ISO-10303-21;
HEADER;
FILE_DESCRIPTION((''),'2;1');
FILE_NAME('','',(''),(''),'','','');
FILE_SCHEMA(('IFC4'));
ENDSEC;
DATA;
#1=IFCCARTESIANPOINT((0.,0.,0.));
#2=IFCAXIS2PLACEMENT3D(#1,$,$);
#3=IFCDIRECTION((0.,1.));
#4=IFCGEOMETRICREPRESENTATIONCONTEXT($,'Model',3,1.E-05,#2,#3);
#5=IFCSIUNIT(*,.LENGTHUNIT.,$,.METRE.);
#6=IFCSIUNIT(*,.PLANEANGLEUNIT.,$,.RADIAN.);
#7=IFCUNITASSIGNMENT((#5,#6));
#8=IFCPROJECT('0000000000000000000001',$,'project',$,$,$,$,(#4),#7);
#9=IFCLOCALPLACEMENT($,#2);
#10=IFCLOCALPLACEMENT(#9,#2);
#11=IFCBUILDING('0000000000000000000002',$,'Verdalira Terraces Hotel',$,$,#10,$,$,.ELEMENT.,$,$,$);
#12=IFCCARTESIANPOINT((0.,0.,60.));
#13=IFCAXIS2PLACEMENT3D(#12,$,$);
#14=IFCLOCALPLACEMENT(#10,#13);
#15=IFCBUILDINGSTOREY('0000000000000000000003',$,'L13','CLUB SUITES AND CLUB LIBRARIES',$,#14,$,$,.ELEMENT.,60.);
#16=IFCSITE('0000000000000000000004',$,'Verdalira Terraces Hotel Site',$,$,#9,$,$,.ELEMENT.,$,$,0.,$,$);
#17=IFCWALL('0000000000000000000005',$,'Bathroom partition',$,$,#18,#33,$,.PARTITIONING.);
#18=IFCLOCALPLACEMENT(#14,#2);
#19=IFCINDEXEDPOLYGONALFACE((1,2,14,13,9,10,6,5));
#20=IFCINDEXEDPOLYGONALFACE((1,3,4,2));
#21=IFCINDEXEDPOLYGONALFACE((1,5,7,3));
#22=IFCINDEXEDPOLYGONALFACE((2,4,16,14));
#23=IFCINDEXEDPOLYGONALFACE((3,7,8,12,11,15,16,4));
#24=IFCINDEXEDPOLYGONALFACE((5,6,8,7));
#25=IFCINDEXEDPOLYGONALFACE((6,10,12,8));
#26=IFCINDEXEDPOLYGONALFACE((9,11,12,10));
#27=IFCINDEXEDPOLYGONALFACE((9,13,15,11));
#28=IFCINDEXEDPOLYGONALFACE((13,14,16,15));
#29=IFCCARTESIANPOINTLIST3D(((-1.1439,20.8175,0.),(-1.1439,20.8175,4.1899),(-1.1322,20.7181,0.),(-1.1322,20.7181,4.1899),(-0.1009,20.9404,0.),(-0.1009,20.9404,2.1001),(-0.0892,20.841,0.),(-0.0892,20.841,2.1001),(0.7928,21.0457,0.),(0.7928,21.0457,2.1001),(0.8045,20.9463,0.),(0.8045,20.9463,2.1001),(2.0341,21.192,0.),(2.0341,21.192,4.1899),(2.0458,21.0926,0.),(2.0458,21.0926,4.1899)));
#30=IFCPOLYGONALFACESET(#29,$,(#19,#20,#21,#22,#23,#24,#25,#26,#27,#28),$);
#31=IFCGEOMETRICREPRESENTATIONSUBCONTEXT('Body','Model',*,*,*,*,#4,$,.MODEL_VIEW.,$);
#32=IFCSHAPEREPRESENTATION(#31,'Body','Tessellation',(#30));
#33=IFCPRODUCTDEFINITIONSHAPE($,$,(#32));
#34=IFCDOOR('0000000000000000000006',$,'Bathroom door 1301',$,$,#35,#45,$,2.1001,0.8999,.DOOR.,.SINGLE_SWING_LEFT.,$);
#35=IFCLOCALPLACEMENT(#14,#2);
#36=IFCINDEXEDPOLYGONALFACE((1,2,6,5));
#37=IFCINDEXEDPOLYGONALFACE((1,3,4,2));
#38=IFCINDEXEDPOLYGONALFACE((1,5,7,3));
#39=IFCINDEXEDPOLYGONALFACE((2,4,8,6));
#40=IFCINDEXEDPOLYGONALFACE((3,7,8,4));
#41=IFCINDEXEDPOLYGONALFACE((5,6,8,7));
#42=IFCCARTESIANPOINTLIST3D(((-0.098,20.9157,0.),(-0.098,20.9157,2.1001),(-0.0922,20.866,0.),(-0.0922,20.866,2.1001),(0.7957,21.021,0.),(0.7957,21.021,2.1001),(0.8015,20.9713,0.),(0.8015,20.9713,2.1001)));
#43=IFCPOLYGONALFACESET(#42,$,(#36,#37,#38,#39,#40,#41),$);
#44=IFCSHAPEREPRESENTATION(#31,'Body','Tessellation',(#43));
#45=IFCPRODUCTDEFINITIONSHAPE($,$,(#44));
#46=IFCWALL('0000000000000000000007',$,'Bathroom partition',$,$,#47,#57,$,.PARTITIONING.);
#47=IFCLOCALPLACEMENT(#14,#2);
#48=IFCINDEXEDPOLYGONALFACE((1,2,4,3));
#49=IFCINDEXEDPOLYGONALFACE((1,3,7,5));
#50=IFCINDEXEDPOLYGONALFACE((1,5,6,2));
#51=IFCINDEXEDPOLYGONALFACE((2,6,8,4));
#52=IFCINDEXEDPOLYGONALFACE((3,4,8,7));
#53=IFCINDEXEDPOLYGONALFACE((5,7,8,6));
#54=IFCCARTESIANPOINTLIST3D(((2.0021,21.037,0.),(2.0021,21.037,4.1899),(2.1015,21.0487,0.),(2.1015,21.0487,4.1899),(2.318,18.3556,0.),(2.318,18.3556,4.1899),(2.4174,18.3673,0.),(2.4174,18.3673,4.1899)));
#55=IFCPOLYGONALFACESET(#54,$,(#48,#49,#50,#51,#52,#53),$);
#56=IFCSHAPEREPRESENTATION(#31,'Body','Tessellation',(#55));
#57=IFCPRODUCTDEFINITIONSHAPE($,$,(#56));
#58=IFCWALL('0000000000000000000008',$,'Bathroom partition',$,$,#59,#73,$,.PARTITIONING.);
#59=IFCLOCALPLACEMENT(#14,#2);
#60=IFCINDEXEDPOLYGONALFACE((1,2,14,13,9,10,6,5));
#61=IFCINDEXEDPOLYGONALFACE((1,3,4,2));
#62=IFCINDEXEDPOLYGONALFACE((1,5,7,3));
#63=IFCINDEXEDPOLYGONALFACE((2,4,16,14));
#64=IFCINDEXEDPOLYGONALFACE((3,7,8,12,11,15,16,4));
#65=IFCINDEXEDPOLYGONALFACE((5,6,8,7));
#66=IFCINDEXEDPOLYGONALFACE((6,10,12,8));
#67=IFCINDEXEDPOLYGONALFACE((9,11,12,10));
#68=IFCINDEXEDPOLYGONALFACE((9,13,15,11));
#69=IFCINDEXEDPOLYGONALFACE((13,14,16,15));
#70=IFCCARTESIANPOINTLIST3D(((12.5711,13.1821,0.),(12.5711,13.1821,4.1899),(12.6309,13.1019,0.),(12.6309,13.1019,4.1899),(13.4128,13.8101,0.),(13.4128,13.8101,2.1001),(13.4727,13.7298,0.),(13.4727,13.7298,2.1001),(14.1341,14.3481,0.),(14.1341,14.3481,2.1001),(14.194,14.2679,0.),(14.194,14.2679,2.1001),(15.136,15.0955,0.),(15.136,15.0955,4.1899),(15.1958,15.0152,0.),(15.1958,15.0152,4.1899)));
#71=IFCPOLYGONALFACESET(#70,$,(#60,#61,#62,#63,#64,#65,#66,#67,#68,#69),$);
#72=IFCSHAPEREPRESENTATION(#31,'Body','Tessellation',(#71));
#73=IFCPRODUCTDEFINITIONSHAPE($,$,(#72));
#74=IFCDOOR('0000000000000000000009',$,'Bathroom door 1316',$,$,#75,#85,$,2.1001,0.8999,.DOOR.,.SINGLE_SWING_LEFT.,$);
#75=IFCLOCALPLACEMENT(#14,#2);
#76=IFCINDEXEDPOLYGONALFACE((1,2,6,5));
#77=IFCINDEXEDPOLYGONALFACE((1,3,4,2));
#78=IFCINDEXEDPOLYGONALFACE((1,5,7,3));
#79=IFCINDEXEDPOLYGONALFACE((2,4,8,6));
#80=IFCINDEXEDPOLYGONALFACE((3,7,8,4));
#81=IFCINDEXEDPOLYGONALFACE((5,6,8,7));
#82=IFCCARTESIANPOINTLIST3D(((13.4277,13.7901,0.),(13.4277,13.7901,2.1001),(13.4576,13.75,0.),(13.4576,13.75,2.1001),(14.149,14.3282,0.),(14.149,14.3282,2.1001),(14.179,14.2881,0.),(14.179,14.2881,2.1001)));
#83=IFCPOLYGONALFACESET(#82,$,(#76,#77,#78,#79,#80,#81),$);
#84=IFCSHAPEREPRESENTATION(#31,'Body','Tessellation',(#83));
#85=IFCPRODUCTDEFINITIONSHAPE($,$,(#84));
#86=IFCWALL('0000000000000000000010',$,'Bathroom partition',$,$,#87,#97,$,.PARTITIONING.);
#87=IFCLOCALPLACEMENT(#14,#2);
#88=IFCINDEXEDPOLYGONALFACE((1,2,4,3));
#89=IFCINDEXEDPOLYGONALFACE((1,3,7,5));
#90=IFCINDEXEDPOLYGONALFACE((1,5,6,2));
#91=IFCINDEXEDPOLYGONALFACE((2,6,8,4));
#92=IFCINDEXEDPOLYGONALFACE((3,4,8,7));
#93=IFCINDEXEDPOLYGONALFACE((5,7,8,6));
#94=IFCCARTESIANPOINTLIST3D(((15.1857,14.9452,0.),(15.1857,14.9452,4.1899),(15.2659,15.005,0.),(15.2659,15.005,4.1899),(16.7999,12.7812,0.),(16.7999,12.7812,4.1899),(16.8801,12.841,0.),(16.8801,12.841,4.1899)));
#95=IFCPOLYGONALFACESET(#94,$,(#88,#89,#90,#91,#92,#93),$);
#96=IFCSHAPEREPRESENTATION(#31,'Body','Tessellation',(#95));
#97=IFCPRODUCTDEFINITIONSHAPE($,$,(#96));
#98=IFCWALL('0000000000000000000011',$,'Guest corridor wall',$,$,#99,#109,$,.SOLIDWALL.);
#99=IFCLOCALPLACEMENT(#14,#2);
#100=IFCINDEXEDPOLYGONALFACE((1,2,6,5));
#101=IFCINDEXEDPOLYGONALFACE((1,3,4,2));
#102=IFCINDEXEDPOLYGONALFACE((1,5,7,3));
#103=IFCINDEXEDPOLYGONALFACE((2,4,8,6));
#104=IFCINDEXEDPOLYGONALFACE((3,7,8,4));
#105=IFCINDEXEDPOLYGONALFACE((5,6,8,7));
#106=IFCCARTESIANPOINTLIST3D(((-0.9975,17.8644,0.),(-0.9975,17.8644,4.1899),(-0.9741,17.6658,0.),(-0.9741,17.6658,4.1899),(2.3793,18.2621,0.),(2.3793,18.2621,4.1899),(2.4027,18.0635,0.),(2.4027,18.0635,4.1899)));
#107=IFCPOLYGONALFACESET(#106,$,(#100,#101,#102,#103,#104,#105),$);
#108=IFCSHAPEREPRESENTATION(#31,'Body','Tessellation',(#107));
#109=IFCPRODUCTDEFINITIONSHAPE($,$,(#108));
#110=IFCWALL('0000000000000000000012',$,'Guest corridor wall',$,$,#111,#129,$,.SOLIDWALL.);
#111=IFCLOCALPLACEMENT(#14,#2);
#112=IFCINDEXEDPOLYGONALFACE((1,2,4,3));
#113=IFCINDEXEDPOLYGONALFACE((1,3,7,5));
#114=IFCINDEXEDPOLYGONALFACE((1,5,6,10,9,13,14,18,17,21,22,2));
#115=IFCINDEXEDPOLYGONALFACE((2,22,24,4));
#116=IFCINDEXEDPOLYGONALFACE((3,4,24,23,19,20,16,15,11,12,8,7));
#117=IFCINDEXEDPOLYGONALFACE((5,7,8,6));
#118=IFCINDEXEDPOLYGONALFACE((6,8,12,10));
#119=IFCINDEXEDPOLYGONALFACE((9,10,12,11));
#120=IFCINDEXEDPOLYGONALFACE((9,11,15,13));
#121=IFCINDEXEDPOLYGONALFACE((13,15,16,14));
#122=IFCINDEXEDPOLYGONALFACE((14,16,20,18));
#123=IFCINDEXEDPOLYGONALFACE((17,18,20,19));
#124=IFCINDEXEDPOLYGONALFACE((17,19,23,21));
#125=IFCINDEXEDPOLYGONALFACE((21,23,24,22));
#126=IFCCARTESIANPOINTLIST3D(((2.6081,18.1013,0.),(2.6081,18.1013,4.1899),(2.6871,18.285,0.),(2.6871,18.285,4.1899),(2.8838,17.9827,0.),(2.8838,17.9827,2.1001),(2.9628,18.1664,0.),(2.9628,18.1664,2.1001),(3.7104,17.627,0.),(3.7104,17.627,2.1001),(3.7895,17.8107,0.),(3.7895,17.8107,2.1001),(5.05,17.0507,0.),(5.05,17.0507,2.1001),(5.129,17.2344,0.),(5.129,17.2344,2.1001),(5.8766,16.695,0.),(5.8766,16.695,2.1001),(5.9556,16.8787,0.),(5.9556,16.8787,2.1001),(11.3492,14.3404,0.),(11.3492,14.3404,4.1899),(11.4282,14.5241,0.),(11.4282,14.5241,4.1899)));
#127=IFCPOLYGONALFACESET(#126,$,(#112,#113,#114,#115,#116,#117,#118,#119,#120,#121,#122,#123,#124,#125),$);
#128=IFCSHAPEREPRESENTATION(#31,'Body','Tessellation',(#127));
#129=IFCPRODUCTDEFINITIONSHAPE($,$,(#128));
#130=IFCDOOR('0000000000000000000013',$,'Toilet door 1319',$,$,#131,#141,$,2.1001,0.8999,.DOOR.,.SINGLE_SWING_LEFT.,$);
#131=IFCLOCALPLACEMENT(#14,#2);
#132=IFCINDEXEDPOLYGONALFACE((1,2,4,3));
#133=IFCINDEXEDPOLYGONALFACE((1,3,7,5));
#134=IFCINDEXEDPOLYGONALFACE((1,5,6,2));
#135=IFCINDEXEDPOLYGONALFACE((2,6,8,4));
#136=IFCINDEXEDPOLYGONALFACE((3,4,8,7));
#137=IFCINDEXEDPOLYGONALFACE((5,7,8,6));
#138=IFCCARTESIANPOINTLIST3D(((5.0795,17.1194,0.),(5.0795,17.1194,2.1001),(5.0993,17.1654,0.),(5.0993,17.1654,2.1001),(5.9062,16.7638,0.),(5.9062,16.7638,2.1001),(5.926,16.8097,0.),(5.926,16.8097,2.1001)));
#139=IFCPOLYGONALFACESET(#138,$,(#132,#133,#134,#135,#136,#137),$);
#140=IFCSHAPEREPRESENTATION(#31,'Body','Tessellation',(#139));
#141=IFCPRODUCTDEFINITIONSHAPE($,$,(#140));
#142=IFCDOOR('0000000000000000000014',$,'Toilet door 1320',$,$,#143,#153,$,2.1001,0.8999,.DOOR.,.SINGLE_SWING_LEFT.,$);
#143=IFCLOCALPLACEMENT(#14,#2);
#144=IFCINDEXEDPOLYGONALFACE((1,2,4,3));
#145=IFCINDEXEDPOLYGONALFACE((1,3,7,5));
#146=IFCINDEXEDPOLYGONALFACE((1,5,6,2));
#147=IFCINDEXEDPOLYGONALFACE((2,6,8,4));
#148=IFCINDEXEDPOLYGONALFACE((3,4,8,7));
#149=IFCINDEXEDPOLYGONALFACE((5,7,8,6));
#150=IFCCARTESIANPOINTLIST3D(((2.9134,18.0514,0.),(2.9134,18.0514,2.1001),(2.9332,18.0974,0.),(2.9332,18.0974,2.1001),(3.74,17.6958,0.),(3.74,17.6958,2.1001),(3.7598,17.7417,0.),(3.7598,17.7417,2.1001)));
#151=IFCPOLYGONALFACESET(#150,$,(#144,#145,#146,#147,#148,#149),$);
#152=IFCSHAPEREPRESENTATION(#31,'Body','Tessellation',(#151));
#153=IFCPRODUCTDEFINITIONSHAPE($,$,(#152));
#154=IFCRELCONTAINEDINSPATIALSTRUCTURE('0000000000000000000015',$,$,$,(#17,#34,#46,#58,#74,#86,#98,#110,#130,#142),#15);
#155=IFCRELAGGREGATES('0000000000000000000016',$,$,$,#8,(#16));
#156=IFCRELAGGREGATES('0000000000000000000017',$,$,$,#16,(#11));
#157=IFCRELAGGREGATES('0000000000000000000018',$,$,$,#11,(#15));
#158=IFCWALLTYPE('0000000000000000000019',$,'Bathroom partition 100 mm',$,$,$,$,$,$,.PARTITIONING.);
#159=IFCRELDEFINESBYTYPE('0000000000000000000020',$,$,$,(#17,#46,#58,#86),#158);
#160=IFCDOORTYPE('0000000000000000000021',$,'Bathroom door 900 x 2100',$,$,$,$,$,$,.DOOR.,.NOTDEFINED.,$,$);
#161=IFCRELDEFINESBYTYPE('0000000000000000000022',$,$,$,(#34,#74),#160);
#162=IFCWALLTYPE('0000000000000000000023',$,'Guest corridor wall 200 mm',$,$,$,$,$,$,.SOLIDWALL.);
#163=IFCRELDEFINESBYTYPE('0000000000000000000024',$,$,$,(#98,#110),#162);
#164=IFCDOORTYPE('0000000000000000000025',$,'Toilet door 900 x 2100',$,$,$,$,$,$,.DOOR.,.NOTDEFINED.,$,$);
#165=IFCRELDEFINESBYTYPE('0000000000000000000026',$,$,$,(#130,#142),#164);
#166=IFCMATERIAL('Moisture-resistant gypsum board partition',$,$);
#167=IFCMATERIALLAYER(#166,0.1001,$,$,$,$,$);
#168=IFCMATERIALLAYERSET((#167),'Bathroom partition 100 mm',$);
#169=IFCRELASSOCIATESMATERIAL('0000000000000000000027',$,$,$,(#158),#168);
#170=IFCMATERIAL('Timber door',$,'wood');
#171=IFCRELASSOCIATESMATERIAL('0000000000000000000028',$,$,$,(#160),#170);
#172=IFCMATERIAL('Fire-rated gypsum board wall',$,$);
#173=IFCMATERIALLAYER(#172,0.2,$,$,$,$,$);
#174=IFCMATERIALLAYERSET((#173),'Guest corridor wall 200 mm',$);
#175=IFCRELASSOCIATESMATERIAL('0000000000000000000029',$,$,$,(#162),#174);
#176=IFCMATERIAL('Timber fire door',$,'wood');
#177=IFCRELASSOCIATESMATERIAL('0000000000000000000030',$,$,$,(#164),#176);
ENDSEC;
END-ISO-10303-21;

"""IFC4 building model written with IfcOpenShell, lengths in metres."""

from ifc_helpers import new_model, si_unit, direction, frame, frame_2d, origin, place, context, subcontext, project, spatial, rectangle, extrude, material, layer, layer_set, type_object, element, fill, save


model = new_model("IFC4")

# Units and contexts
model_context = context("Model", 3, precision=1e-05, world=origin(), true_north=direction((0.0, 1.0)))
body_context = subcontext(model_context, "Body", "Model", "MODEL_VIEW")
ifc_project = project(units=[si_unit("LENGTHUNIT", "METRE"), si_unit("PLANEANGLEUNIT", "RADIAN")], contexts=[model_context])

# Site, building, storey
site_placement = place(None, origin())
site = spatial("IfcSite", under=ifc_project, at=site_placement, Name="Verdalira Terraces Hotel Site", CompositionType="ELEMENT", RefElevation=0.0)
building_placement = place(site_placement, origin())
building = spatial("IfcBuilding", under=site, at=building_placement, Name="Verdalira Terraces Hotel", CompositionType="ELEMENT")
storey_placement = place(building_placement, frame((0.0, 0.0, 60.0)))
storey = spatial("IfcBuildingStorey", under=building, at=storey_placement, Name="L13", Description="CLUB SUITES AND CLUB LIBRARIES", CompositionType="ELEMENT", Elevation=60.0)

# Wall, opening, door
ifc_material_1 = material(Name="Moisture-resistant gypsum board partition")
ifc_layer_1 = layer(ifc_material_1, 0.1001)
ifc_layer_set_1 = layer_set([ifc_layer_1], Name="Bathroom partition 100 mm")
wall_type_1 = type_object("IfcWallType", Name="Bathroom partition 100 mm", PredefinedType="PARTITIONING", material=ifc_layer_set_1)
wall_1_placement = place(storey_placement, frame((2.04, 21.1423, 0.0), z_axis=(0.0, 0.0, 1.0), x_axis=(-0.993128, -0.117036, 0.0)))
wall_1 = element("IfcWall", 1, at=wall_1_placement, inside=storey, type_object=wall_type_1, Name="Bathroom partition", PredefinedType="PARTITIONING", context=body_context, shape_type="SweptSolid", body=[
    extrude(rectangle(XDim=3.2, YDim=0.1001, at=frame_2d((1.6001, 0.0))), origin(), (0.0, 0.0, 1.0), 4.1899),
])
opening_1_placement = place(wall_1_placement, frame((1.25, 0.0, 0.0)))
opening_1 = element("IfcOpeningElement", 2, at=opening_1_placement, cuts=wall_1, PredefinedType="OPENING", context=body_context, shape_type="SweptSolid", body=[
    extrude(rectangle(XDim=0.8999, YDim=2.1001, at=frame_2d((0.45, 1.05))), frame((0.0, 0.0601, 0.0), z_axis=(0.0, -1.0, 0.0), x_axis=(1.0, 0.0, 0.0)), (0.0, 0.0, 1.0), 0.1201),
])
ifc_material_2 = material(Name="Timber door", Category="wood")
door_type_1 = type_object("IfcDoorType", Name="Bathroom door 900 x 2100", OperationType="NOTDEFINED", PredefinedType="DOOR", material=ifc_material_2)
door_1_placement = place(opening_1_placement, origin())
door_1 = element("IfcDoor", 3, at=door_1_placement, inside=storey, type_object=door_type_1, Name="Bathroom door 1301", OperationType="SINGLE_SWING_LEFT", OverallHeight=2.1001, OverallWidth=0.8999, PredefinedType="DOOR", context=body_context, shape_type="SweptSolid", body=[
    extrude(rectangle(XDim=0.8999, YDim=2.1001, at=frame_2d((0.45, 1.05))), frame((0.0, 0.0249, 0.0), z_axis=(0.0, -1.0, 0.0), x_axis=(1.0, 0.0, 0.0)), (0.0, 0.0, 1.0), 0.05),
])
fill(opening_1, door_1)

# Wall
wall_2_placement = place(storey_placement, frame((2.0518, 21.043, 0.0), z_axis=(0.0, 0.0, 1.0), x_axis=(0.117009, -0.993131, 0.0)))
element("IfcWall", 4, at=wall_2_placement, inside=storey, type_object=wall_type_1, Name="Bathroom partition", PredefinedType="PARTITIONING", context=body_context, shape_type="SweptSolid", body=[
    extrude(rectangle(XDim=2.7, YDim=0.1001, at=frame_2d((1.3501, 0.0))), origin(), (0.0, 0.0, 1.0), 4.1899),
])

# Wall, opening, door
wall_3_placement = place(storey_placement, frame((15.166, 15.0554, 0.0), z_axis=(0.0, 0.0, 1.0), x_axis=(-0.801554, -0.597923, 0.0)))
wall_3 = element("IfcWall", 5, at=wall_3_placement, inside=storey, type_object=wall_type_1, Name="Bathroom partition", PredefinedType="PARTITIONING", context=body_context, shape_type="SweptSolid", body=[
    extrude(rectangle(XDim=3.2, YDim=0.1001, at=frame_2d((1.6001, 0.0))), origin(), (0.0, 0.0, 1.0), 4.1899),
])
opening_2_placement = place(wall_3_placement, frame((1.25, 0.0, 0.0)))
opening_2 = element("IfcOpeningElement", 6, at=opening_2_placement, cuts=wall_3, PredefinedType="OPENING", context=body_context, shape_type="SweptSolid", body=[
    extrude(rectangle(XDim=0.8999, YDim=2.1001, at=frame_2d((0.45, 1.05))), frame((0.0, 0.0601, 0.0), z_axis=(0.0, -1.0, 0.0), x_axis=(1.0, 0.0, 0.0)), (0.0, 0.0, 1.0), 0.1201),
])
door_2_placement = place(opening_2_placement, origin())
door_2 = element("IfcDoor", 7, at=door_2_placement, inside=storey, type_object=door_type_1, Name="Bathroom door 1316", OperationType="SINGLE_SWING_LEFT", OverallHeight=2.1001, OverallWidth=0.8999, PredefinedType="DOOR", context=body_context, shape_type="SweptSolid", body=[
    extrude(rectangle(XDim=0.8999, YDim=2.1001, at=frame_2d((0.45, 1.05))), frame((0.0, 0.0249, 0.0), z_axis=(0.0, -1.0, 0.0), x_axis=(1.0, 0.0, 0.0)), (0.0, 0.0, 1.0), 0.05),
])
fill(opening_2, door_2)

# Walls
wall_4_placement = place(storey_placement, frame((15.2258, 14.9751, 0.0), z_axis=(0.0, 0.0, 1.0), x_axis=(0.597914, -0.80156, 0.0)))
element("IfcWall", 8, at=wall_4_placement, inside=storey, type_object=wall_type_1, Name="Bathroom partition", PredefinedType="PARTITIONING", context=body_context, shape_type="SweptSolid", body=[
    extrude(rectangle(XDim=2.6997, YDim=0.1001, at=frame_2d((1.3499, 0.0))), origin(), (0.0, 0.0, 1.0), 4.1899),
])
ifc_material_3 = material(Name="Fire-rated gypsum board wall")
ifc_layer_2 = layer(ifc_material_3, 0.2)
ifc_layer_set_2 = layer_set([ifc_layer_2], Name="Guest corridor wall 200 mm")
wall_type_2 = type_object("IfcWallType", Name="Guest corridor wall 200 mm", PredefinedType="SOLIDWALL", material=ifc_layer_set_2)
wall_5_placement = place(storey_placement, frame((2.3911, 18.1628, 0.0), z_axis=(0.0, 0.0, 1.0), x_axis=(-0.993135, -0.11697, 0.0)))
element("IfcWall", 9, at=wall_5_placement, inside=storey, type_object=wall_type_2, Name="Guest corridor wall", PredefinedType="SOLIDWALL", context=body_context, shape_type="SweptSolid", body=[
    extrude(rectangle(XDim=3.4001, YDim=0.2, at=frame_2d((1.7002, 0.0))), origin(), (0.0, 0.0, 1.0), 4.1899),
])

# Wall, openings, doors
wall_6_placement = place(storey_placement, frame((2.6477, 18.1931, 0.0), z_axis=(0.0, 0.0, 1.0), x_axis=(0.918583, -0.395229, 0.0)))
wall_6 = element("IfcWall", 10, at=wall_6_placement, inside=storey, type_object=wall_type_2, Name="Guest corridor wall", PredefinedType="SOLIDWALL", context=body_context, shape_type="SweptSolid", body=[
    extrude(rectangle(XDim=9.5159, YDim=0.2, at=frame_2d((4.7578, 0.0))), origin(), (0.0, 0.0, 1.0), 4.1899),
])
opening_3_placement = place(wall_6_placement, frame((2.6582, 0.0, 0.0)))
opening_3 = element("IfcOpeningElement", 11, at=opening_3_placement, cuts=wall_6, PredefinedType="OPENING", context=body_context, shape_type="SweptSolid", body=[
    extrude(rectangle(XDim=0.8999, YDim=2.1001, at=frame_2d((0.45, 1.05))), frame((0.0, 0.1099, 0.0), z_axis=(0.0, -1.0, 0.0), x_axis=(1.0, 0.0, 0.0)), (0.0, 0.0, 1.0), 0.22),
])
opening_4_placement = place(wall_6_placement, frame((0.3, 0.0, 0.0)))
opening_4 = element("IfcOpeningElement", 12, at=opening_4_placement, cuts=wall_6, PredefinedType="OPENING", context=body_context, shape_type="SweptSolid", body=[
    extrude(rectangle(XDim=0.8999, YDim=2.1001, at=frame_2d((0.45, 1.05))), frame((0.0, 0.1099, 0.0), z_axis=(0.0, -1.0, 0.0), x_axis=(1.0, 0.0, 0.0)), (0.0, 0.0, 1.0), 0.22),
])
ifc_material_4 = material(Name="Timber fire door", Category="wood")
door_type_2 = type_object("IfcDoorType", Name="Toilet door 900 x 2100", OperationType="NOTDEFINED", PredefinedType="DOOR", material=ifc_material_4)
door_3_placement = place(opening_3_placement, origin())
door_3 = element("IfcDoor", 13, at=door_3_placement, inside=storey, type_object=door_type_2, Name="Toilet door 1319", OperationType="SINGLE_SWING_LEFT", OverallHeight=2.1001, OverallWidth=0.8999, PredefinedType="DOOR", context=body_context, shape_type="SweptSolid", body=[
    extrude(rectangle(XDim=0.8999, YDim=2.1001, at=frame_2d((0.45, 1.05))), frame((0.0, 0.0249, 0.0), z_axis=(0.0, -1.0, 0.0), x_axis=(1.0, 0.0, 0.0)), (0.0, 0.0, 1.0), 0.05),
])
fill(opening_3, door_3)
door_4_placement = place(opening_4_placement, origin())
door_4 = element("IfcDoor", 14, at=door_4_placement, inside=storey, type_object=door_type_2, Name="Toilet door 1320", OperationType="SINGLE_SWING_LEFT", OverallHeight=2.1001, OverallWidth=0.8999, PredefinedType="DOOR", context=body_context, shape_type="SweptSolid", body=[
    extrude(rectangle(XDim=0.8999, YDim=2.1001, at=frame_2d((0.45, 1.05))), frame((0.0, 0.0249, 0.0), z_axis=(0.0, -1.0, 0.0), x_axis=(1.0, 0.0, 0.0)), (0.0, 0.0, 1.0), 0.05),
])
fill(opening_4, door_4)

save(model, "model.ifc")
